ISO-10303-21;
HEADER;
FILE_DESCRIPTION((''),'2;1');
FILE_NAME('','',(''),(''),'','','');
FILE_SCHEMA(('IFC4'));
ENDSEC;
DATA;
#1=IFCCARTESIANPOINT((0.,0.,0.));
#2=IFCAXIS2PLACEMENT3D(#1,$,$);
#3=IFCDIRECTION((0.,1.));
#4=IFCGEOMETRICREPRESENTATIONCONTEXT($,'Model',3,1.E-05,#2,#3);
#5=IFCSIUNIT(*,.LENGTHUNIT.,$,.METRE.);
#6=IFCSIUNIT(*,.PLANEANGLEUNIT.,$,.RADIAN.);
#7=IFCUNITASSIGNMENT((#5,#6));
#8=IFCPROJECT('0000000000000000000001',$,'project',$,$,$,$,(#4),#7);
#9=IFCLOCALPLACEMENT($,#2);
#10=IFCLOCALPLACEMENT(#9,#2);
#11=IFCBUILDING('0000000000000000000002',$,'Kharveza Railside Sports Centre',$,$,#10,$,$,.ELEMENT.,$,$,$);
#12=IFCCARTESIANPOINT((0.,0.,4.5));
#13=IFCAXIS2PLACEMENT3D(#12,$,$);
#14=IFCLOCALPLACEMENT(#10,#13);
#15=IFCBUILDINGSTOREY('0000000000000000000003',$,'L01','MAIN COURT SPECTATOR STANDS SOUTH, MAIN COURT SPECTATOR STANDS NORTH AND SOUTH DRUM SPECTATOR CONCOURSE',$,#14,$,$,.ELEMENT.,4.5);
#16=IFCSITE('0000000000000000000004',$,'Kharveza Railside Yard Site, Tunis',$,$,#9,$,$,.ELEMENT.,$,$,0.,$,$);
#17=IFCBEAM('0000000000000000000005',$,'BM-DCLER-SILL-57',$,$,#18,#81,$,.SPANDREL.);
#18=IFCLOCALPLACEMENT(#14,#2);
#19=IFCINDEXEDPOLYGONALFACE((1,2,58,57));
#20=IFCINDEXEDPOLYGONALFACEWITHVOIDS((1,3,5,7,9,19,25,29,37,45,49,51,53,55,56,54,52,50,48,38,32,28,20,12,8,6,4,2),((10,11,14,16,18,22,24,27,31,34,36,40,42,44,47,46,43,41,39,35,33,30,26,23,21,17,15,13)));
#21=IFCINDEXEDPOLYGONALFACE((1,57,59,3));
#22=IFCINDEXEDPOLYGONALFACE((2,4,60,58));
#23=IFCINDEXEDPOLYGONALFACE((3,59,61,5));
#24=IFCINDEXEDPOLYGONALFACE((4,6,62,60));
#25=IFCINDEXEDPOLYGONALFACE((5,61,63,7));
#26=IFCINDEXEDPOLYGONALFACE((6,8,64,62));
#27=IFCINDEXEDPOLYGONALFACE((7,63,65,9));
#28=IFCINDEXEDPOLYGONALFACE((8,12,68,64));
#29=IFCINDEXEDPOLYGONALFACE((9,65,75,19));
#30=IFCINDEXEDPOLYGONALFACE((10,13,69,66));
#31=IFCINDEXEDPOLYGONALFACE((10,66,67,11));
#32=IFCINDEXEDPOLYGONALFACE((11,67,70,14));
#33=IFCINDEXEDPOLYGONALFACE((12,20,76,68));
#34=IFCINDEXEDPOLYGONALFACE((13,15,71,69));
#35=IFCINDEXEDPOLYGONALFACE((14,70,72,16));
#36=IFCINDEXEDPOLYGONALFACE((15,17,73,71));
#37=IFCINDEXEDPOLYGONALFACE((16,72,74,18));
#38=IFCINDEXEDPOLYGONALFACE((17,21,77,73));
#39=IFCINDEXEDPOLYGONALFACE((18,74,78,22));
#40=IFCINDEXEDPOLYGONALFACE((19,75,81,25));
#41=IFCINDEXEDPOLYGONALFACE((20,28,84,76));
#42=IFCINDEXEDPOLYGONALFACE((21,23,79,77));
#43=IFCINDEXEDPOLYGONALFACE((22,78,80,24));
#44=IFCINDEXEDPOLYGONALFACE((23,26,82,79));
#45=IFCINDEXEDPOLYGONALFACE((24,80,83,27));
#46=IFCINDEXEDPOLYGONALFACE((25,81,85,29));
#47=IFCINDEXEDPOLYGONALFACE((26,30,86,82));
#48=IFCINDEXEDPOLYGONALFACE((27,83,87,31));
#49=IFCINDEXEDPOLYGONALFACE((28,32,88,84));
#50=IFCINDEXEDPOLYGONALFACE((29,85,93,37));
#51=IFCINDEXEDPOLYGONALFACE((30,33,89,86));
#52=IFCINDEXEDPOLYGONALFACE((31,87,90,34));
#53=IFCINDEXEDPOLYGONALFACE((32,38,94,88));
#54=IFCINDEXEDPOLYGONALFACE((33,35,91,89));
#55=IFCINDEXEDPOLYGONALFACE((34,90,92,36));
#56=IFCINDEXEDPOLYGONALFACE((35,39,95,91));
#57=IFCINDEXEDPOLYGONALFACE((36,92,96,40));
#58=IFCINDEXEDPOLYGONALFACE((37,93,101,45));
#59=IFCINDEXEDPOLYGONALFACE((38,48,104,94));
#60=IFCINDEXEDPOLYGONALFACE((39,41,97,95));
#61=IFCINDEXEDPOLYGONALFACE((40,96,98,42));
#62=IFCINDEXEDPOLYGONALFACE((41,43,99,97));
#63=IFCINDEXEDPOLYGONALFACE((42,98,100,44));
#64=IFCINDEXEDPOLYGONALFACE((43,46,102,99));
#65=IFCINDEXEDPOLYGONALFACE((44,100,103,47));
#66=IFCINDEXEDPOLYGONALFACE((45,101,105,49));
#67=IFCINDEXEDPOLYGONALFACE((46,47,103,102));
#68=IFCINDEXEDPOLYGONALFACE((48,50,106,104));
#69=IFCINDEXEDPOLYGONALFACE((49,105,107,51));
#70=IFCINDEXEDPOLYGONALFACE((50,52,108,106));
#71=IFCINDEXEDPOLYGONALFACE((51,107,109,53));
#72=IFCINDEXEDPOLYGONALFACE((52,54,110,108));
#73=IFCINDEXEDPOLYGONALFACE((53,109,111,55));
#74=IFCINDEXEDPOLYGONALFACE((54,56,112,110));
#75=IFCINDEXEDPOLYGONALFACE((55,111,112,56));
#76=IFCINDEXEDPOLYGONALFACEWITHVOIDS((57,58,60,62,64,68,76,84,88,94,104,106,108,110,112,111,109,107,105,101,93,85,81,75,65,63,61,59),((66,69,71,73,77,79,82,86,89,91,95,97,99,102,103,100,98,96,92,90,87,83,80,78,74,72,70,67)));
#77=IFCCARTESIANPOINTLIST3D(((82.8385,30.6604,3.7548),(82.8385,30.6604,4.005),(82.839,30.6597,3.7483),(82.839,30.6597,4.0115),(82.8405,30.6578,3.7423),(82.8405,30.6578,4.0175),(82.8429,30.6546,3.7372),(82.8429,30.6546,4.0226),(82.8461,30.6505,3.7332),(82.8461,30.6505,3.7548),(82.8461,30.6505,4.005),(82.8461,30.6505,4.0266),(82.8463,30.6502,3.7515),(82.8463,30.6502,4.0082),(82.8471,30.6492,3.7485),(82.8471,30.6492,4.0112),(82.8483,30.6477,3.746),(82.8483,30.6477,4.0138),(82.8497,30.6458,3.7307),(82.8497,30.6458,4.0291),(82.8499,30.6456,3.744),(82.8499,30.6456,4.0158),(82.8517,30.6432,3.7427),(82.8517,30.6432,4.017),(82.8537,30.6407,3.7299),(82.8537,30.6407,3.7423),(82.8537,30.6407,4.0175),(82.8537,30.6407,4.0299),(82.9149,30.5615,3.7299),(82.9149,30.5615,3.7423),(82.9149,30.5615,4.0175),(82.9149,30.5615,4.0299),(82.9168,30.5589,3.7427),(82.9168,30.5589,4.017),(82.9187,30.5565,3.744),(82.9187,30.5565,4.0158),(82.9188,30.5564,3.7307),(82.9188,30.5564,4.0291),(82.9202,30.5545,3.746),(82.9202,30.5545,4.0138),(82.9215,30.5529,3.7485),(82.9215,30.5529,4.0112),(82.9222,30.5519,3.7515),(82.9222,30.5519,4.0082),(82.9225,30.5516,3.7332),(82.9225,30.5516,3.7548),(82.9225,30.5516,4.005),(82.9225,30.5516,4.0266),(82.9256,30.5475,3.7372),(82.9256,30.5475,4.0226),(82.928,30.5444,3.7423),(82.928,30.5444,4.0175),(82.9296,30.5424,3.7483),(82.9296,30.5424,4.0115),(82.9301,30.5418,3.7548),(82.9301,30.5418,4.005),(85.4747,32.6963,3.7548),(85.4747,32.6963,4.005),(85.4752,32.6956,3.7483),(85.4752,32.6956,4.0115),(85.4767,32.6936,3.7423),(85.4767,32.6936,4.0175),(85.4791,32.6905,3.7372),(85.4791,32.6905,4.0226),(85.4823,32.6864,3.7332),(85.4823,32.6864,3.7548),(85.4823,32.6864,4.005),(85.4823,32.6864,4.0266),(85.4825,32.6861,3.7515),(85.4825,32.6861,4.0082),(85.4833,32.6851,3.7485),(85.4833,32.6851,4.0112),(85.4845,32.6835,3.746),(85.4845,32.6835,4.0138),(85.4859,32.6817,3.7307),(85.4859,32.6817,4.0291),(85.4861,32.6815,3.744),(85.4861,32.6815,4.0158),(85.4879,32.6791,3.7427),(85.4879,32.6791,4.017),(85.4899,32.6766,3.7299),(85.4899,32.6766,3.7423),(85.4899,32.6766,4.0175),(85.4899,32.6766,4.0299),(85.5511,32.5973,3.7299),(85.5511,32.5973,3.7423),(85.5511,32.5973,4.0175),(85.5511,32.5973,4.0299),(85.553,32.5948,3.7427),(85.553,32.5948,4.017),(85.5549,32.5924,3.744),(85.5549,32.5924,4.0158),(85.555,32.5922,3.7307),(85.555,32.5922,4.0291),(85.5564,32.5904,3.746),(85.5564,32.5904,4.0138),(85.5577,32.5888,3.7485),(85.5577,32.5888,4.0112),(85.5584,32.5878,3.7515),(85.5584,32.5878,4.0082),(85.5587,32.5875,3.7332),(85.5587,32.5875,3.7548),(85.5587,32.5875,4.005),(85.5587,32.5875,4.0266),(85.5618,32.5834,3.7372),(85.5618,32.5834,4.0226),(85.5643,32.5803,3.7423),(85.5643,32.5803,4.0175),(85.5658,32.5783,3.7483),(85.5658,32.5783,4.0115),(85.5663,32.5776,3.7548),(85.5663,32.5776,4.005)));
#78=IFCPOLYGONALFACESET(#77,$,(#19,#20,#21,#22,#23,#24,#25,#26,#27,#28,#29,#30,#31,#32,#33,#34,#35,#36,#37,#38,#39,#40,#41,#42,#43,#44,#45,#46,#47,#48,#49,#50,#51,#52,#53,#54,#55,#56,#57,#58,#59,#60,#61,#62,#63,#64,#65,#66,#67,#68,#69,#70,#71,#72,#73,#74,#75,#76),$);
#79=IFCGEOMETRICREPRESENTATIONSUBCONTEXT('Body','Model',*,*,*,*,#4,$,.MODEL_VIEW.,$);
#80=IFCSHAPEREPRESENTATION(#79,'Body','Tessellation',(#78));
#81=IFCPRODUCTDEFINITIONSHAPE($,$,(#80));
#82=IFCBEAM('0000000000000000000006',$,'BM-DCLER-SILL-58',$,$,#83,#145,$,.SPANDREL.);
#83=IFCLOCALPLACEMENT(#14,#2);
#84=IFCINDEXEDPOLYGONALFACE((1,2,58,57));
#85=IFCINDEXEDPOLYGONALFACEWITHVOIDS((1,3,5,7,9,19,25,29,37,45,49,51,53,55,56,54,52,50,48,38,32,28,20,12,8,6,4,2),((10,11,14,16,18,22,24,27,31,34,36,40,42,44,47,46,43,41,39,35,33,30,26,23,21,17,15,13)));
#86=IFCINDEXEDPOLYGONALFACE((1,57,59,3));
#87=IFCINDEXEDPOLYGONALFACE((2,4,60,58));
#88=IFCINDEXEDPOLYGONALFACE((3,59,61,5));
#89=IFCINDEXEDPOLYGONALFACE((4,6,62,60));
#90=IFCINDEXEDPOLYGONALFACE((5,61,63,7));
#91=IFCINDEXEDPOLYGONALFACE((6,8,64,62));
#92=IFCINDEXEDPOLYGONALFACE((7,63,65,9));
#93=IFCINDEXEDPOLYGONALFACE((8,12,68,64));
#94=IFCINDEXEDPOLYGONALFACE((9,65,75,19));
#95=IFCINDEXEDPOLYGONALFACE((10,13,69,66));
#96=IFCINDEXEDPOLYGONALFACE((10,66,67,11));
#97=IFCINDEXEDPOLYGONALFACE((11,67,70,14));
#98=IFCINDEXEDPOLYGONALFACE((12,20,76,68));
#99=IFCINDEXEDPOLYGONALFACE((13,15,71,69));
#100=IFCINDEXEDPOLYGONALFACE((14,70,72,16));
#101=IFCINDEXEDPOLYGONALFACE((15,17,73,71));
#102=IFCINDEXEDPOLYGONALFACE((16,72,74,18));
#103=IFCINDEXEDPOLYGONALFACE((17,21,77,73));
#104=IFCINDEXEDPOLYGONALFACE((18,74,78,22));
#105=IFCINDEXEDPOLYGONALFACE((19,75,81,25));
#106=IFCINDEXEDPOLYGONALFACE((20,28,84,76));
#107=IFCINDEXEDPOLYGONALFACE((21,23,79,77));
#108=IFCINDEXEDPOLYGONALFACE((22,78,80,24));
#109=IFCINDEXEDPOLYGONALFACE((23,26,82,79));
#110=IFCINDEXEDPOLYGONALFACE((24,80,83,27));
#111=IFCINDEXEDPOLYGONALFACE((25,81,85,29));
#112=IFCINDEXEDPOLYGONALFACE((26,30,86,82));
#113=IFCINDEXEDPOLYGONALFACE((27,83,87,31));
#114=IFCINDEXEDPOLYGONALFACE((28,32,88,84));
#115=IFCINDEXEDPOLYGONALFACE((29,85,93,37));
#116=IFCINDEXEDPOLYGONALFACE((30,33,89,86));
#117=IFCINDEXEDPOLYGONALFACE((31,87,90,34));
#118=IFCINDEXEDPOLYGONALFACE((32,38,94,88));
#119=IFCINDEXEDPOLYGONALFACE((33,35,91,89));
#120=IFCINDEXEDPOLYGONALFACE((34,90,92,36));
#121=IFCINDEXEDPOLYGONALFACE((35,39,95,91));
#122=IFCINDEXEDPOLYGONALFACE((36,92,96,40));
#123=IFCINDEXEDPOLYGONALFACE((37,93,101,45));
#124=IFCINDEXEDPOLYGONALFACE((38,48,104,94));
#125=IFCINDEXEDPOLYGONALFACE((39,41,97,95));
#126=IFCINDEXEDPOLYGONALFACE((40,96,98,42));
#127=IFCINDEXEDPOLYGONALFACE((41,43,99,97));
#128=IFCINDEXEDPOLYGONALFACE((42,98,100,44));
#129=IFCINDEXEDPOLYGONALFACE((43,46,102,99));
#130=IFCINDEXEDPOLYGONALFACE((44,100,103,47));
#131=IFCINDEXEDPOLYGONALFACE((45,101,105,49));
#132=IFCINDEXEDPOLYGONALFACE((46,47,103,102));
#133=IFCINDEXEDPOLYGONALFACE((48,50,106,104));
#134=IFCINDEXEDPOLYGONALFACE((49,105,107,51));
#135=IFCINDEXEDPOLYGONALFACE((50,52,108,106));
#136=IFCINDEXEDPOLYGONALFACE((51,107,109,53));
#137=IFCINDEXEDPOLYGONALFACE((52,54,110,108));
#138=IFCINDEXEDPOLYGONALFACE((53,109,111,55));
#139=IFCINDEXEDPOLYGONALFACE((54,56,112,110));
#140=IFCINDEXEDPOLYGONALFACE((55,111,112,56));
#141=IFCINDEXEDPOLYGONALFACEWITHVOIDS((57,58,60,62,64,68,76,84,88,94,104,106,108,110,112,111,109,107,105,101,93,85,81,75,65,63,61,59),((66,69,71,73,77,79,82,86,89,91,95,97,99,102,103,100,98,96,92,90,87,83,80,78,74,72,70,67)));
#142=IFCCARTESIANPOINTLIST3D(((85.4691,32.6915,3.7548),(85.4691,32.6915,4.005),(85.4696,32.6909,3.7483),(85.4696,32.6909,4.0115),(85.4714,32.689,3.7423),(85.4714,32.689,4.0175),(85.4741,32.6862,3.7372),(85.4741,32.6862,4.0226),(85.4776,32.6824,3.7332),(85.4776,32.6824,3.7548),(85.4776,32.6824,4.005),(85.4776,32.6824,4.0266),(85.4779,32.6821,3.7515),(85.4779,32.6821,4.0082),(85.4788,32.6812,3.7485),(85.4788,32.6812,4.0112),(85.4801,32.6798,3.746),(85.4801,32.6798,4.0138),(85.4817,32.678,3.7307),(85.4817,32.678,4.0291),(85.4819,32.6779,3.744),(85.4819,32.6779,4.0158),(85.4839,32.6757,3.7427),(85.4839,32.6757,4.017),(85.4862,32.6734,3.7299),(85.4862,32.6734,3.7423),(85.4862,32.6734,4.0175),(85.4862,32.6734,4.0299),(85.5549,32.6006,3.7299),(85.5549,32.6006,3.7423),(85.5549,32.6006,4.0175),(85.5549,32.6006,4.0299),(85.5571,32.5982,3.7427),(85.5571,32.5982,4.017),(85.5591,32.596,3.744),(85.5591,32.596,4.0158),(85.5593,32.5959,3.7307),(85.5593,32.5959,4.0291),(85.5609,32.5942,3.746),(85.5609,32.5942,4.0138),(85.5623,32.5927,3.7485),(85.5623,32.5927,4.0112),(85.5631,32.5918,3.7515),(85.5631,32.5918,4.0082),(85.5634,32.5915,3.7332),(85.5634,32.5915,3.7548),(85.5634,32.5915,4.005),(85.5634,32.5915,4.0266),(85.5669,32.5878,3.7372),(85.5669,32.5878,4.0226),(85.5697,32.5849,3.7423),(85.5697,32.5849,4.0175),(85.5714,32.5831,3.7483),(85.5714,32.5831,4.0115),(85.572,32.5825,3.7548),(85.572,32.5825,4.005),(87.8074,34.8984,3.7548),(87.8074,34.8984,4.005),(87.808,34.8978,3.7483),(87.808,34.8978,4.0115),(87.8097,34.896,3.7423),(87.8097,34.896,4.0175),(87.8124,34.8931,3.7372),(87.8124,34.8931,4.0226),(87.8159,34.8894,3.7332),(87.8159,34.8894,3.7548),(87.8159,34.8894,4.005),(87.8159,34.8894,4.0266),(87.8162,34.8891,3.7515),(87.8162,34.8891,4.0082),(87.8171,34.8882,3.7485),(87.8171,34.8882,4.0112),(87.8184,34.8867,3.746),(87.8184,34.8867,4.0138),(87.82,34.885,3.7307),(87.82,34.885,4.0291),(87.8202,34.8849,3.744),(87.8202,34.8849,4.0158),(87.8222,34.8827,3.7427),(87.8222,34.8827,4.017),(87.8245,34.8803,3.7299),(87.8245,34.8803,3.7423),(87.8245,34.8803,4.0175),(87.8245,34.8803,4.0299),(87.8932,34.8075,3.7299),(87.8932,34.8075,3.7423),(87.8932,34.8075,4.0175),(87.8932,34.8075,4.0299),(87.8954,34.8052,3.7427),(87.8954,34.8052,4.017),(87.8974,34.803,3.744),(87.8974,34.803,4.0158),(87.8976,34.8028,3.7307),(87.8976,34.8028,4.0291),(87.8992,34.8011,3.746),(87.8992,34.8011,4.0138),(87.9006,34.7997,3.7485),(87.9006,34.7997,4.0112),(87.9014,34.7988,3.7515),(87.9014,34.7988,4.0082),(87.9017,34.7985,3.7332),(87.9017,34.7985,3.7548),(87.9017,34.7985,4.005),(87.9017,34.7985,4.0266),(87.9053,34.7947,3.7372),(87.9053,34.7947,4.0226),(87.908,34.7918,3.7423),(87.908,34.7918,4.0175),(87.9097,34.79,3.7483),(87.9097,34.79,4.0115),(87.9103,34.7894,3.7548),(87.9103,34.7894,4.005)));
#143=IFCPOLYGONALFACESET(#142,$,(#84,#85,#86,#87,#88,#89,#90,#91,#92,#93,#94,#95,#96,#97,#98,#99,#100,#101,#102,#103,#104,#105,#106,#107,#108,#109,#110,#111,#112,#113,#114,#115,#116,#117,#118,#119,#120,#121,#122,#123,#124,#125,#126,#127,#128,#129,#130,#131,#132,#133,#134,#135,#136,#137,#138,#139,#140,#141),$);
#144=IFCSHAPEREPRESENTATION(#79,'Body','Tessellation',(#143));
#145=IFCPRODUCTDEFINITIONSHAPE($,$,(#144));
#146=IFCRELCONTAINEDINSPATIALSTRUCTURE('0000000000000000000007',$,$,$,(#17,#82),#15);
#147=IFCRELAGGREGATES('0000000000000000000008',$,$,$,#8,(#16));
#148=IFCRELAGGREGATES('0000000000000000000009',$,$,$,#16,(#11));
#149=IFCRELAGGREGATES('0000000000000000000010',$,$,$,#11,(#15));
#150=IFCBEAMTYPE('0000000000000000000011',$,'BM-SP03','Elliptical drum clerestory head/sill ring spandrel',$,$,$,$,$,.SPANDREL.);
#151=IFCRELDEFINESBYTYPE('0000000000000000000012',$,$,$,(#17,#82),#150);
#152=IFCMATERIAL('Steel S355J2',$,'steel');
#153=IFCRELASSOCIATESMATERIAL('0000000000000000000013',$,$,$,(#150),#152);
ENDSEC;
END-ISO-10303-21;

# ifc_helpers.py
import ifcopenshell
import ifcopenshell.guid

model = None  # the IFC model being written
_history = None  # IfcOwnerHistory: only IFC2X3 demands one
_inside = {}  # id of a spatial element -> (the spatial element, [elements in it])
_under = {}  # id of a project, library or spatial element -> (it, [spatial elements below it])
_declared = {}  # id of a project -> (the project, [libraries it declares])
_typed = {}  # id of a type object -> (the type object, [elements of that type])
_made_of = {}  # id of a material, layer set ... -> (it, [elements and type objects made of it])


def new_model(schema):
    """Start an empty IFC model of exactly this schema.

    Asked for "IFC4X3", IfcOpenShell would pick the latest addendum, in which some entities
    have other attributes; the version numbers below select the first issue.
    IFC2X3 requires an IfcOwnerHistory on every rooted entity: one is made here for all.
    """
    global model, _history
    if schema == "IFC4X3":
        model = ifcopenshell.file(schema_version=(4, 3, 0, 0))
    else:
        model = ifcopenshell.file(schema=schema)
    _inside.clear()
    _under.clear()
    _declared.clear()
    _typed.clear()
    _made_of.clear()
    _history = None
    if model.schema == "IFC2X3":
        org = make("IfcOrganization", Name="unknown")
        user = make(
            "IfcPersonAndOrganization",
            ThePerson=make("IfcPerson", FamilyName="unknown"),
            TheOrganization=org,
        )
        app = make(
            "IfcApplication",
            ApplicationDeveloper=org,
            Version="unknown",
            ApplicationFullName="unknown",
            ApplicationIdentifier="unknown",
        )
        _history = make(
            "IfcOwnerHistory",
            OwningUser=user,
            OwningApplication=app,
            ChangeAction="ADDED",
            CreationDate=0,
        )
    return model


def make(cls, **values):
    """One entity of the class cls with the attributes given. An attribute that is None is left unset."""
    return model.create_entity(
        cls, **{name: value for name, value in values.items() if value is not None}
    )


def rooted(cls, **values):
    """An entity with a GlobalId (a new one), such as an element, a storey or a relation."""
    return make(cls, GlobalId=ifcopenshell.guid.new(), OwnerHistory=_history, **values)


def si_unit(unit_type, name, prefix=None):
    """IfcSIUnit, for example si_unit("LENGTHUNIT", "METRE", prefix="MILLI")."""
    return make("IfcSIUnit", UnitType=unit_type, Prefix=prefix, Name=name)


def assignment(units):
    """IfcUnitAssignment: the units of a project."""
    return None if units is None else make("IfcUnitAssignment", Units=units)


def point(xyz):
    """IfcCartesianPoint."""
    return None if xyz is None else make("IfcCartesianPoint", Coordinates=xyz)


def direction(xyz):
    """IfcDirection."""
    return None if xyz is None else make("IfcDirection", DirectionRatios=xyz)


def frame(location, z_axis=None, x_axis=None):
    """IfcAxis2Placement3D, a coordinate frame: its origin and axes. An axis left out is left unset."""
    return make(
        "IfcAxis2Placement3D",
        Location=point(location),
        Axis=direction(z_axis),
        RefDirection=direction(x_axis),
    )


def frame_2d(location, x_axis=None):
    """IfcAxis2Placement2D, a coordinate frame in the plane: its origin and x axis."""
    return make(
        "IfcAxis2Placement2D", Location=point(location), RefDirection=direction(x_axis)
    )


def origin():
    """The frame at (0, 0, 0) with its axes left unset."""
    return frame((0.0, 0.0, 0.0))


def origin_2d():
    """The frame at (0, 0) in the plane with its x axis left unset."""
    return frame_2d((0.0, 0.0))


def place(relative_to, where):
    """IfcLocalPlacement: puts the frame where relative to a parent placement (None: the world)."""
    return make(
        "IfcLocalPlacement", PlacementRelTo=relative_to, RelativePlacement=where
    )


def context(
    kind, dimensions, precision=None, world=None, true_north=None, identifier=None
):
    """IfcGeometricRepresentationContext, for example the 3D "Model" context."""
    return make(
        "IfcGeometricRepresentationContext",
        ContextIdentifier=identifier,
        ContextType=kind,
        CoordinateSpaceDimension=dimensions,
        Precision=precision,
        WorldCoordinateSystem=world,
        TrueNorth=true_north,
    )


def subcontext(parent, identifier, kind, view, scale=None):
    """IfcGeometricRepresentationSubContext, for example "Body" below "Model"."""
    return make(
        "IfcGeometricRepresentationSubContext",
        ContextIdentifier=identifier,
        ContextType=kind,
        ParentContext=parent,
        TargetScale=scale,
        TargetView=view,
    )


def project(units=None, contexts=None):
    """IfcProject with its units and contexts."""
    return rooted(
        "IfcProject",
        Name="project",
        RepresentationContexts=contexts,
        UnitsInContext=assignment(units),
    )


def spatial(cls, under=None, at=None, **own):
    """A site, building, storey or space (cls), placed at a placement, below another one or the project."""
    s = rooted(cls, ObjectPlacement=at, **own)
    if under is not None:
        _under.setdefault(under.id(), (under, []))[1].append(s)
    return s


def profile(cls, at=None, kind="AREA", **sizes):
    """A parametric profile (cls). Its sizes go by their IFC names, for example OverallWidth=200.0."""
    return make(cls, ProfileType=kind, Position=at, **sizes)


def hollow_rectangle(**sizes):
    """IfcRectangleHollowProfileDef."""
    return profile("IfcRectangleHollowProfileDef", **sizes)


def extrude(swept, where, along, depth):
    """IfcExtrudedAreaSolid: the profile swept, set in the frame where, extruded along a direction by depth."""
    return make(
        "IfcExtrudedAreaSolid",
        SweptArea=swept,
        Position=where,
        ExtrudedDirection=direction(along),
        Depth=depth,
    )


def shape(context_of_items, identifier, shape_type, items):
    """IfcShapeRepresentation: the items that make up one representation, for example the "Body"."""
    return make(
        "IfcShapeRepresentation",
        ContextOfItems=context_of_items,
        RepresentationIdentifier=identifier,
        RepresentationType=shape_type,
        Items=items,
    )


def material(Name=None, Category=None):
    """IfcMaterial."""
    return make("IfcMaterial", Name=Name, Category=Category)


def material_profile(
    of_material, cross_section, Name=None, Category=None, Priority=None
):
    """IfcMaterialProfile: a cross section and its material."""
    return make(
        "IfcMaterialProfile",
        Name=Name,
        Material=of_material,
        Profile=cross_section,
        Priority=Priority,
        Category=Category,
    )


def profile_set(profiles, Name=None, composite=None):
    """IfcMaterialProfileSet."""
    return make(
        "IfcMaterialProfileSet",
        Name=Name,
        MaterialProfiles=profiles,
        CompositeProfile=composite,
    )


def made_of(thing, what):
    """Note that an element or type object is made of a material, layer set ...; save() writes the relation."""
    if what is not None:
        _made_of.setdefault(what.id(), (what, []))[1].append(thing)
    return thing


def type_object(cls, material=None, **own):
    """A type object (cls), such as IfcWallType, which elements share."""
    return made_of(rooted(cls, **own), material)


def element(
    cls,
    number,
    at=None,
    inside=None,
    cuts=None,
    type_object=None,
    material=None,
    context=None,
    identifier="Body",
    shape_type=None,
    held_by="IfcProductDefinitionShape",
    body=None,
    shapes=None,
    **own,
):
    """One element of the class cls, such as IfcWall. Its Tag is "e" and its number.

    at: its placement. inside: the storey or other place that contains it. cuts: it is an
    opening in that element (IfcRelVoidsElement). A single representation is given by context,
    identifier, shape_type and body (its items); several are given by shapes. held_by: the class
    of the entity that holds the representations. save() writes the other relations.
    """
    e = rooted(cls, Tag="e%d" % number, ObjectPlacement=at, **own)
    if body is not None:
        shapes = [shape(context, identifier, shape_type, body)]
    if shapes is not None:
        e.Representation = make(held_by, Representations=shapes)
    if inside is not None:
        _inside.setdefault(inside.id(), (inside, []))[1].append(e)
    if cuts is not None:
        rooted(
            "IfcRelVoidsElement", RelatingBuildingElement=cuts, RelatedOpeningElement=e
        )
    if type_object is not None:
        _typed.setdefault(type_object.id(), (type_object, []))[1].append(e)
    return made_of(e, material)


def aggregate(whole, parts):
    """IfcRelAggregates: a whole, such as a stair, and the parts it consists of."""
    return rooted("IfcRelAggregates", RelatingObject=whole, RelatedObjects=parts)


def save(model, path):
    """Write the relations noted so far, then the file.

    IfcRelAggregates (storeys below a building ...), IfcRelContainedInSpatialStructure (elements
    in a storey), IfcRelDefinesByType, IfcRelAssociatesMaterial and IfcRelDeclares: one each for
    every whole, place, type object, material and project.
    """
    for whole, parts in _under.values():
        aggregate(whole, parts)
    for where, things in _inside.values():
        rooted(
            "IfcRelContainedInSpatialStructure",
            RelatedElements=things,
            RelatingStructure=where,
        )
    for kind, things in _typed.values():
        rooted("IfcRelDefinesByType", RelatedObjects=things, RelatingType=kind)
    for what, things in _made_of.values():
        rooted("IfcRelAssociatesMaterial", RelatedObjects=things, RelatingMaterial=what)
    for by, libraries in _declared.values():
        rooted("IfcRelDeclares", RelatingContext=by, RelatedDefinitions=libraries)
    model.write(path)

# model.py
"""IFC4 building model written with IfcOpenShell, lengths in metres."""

from ifc_helpers import new_model, si_unit, direction, frame, origin, origin_2d, place, context, subcontext, project, spatial, hollow_rectangle, extrude, material, material_profile, profile_set, type_object, element, save


model = new_model("IFC4")

# Units and contexts
model_context = context("Model", 3, precision=1e-05, world=origin(), true_north=direction((0.0, 1.0)))
body_context = subcontext(model_context, "Body", "Model", "MODEL_VIEW")
ifc_project = project(units=[si_unit("LENGTHUNIT", "METRE"), si_unit("PLANEANGLEUNIT", "RADIAN")], contexts=[model_context])

# Site, building, storey
site_placement = place(None, origin())
site = spatial("IfcSite", under=ifc_project, at=site_placement, Name="Kharveza Railside Yard Site, Tunis", CompositionType="ELEMENT", RefElevation=0.0)
building_placement = place(site_placement, origin())
building = spatial("IfcBuilding", under=site, at=building_placement, Name="Kharveza Railside Sports Centre", CompositionType="ELEMENT")
storey_placement = place(building_placement, frame((0.0, 0.0, 4.5)))
storey = spatial("IfcBuildingStorey", under=building, at=storey_placement, Name="L01", Description="MAIN COURT SPECTATOR STANDS SOUTH, MAIN COURT SPECTATOR STANDS NORTH AND SOUTH DRUM SPECTATOR CONCOURSE", CompositionType="ELEMENT", Elevation=4.5)

# Shared definitions
ifc_material_1 = material(Name="Steel S355J2", Category="steel")

# Beams
ifc_material_profile_1 = material_profile(ifc_material_1, hollow_rectangle(XDim=0.1499, YDim=0.3, WallThickness=0.0125, InnerFilletRadius=0.0125, OuterFilletRadius=0.0249, at=origin_2d()), Name="RHS 150x300x12.5")
ifc_profile_set_1 = profile_set([ifc_material_profile_1], Name="Steel S355J2")
beam_type_1 = type_object("IfcBeamType", Name="BM-SP03", Description="Elliptical drum clerestory head/sill ring spandrel", PredefinedType="SPANDREL", material=ifc_profile_set_1)
beam_1_placement = place(storey_placement, frame((82.8843, 30.6011, 3.8799), z_axis=(0.791459, 0.611222, 0.0), x_axis=(-0.611222, 0.791459, 0.0)))
element("IfcBeam", 1, at=beam_1_placement, inside=storey, type_object=beam_type_1, Name="BM-DCLER-SILL-57", PredefinedType="SPANDREL", context=body_context, shape_type="SweptSolid", body=[
    extrude(hollow_rectangle(XDim=0.1499, YDim=0.3, WallThickness=0.0125, InnerFilletRadius=0.0125, OuterFilletRadius=0.0249, at=origin_2d()), origin(), (0.0, 0.0, 1.0), 3.3308),
])
beam_2_placement = place(storey_placement, frame((85.5205, 32.637, 3.8799), z_axis=(0.727236, 0.686387, 0.0), x_axis=(-0.686387, 0.727236, 0.0)))
element("IfcBeam", 2, at=beam_2_placement, inside=storey, type_object=beam_type_1, Name="BM-DCLER-SILL-58", PredefinedType="SPANDREL", context=body_context, shape_type="SweptSolid", body=[
    extrude(hollow_rectangle(XDim=0.1499, YDim=0.3, WallThickness=0.0125, InnerFilletRadius=0.0125, OuterFilletRadius=0.0249, at=origin_2d()), origin(), (0.0, 0.0, 1.0), 3.2153),
])

save(model, "model.ifc")
